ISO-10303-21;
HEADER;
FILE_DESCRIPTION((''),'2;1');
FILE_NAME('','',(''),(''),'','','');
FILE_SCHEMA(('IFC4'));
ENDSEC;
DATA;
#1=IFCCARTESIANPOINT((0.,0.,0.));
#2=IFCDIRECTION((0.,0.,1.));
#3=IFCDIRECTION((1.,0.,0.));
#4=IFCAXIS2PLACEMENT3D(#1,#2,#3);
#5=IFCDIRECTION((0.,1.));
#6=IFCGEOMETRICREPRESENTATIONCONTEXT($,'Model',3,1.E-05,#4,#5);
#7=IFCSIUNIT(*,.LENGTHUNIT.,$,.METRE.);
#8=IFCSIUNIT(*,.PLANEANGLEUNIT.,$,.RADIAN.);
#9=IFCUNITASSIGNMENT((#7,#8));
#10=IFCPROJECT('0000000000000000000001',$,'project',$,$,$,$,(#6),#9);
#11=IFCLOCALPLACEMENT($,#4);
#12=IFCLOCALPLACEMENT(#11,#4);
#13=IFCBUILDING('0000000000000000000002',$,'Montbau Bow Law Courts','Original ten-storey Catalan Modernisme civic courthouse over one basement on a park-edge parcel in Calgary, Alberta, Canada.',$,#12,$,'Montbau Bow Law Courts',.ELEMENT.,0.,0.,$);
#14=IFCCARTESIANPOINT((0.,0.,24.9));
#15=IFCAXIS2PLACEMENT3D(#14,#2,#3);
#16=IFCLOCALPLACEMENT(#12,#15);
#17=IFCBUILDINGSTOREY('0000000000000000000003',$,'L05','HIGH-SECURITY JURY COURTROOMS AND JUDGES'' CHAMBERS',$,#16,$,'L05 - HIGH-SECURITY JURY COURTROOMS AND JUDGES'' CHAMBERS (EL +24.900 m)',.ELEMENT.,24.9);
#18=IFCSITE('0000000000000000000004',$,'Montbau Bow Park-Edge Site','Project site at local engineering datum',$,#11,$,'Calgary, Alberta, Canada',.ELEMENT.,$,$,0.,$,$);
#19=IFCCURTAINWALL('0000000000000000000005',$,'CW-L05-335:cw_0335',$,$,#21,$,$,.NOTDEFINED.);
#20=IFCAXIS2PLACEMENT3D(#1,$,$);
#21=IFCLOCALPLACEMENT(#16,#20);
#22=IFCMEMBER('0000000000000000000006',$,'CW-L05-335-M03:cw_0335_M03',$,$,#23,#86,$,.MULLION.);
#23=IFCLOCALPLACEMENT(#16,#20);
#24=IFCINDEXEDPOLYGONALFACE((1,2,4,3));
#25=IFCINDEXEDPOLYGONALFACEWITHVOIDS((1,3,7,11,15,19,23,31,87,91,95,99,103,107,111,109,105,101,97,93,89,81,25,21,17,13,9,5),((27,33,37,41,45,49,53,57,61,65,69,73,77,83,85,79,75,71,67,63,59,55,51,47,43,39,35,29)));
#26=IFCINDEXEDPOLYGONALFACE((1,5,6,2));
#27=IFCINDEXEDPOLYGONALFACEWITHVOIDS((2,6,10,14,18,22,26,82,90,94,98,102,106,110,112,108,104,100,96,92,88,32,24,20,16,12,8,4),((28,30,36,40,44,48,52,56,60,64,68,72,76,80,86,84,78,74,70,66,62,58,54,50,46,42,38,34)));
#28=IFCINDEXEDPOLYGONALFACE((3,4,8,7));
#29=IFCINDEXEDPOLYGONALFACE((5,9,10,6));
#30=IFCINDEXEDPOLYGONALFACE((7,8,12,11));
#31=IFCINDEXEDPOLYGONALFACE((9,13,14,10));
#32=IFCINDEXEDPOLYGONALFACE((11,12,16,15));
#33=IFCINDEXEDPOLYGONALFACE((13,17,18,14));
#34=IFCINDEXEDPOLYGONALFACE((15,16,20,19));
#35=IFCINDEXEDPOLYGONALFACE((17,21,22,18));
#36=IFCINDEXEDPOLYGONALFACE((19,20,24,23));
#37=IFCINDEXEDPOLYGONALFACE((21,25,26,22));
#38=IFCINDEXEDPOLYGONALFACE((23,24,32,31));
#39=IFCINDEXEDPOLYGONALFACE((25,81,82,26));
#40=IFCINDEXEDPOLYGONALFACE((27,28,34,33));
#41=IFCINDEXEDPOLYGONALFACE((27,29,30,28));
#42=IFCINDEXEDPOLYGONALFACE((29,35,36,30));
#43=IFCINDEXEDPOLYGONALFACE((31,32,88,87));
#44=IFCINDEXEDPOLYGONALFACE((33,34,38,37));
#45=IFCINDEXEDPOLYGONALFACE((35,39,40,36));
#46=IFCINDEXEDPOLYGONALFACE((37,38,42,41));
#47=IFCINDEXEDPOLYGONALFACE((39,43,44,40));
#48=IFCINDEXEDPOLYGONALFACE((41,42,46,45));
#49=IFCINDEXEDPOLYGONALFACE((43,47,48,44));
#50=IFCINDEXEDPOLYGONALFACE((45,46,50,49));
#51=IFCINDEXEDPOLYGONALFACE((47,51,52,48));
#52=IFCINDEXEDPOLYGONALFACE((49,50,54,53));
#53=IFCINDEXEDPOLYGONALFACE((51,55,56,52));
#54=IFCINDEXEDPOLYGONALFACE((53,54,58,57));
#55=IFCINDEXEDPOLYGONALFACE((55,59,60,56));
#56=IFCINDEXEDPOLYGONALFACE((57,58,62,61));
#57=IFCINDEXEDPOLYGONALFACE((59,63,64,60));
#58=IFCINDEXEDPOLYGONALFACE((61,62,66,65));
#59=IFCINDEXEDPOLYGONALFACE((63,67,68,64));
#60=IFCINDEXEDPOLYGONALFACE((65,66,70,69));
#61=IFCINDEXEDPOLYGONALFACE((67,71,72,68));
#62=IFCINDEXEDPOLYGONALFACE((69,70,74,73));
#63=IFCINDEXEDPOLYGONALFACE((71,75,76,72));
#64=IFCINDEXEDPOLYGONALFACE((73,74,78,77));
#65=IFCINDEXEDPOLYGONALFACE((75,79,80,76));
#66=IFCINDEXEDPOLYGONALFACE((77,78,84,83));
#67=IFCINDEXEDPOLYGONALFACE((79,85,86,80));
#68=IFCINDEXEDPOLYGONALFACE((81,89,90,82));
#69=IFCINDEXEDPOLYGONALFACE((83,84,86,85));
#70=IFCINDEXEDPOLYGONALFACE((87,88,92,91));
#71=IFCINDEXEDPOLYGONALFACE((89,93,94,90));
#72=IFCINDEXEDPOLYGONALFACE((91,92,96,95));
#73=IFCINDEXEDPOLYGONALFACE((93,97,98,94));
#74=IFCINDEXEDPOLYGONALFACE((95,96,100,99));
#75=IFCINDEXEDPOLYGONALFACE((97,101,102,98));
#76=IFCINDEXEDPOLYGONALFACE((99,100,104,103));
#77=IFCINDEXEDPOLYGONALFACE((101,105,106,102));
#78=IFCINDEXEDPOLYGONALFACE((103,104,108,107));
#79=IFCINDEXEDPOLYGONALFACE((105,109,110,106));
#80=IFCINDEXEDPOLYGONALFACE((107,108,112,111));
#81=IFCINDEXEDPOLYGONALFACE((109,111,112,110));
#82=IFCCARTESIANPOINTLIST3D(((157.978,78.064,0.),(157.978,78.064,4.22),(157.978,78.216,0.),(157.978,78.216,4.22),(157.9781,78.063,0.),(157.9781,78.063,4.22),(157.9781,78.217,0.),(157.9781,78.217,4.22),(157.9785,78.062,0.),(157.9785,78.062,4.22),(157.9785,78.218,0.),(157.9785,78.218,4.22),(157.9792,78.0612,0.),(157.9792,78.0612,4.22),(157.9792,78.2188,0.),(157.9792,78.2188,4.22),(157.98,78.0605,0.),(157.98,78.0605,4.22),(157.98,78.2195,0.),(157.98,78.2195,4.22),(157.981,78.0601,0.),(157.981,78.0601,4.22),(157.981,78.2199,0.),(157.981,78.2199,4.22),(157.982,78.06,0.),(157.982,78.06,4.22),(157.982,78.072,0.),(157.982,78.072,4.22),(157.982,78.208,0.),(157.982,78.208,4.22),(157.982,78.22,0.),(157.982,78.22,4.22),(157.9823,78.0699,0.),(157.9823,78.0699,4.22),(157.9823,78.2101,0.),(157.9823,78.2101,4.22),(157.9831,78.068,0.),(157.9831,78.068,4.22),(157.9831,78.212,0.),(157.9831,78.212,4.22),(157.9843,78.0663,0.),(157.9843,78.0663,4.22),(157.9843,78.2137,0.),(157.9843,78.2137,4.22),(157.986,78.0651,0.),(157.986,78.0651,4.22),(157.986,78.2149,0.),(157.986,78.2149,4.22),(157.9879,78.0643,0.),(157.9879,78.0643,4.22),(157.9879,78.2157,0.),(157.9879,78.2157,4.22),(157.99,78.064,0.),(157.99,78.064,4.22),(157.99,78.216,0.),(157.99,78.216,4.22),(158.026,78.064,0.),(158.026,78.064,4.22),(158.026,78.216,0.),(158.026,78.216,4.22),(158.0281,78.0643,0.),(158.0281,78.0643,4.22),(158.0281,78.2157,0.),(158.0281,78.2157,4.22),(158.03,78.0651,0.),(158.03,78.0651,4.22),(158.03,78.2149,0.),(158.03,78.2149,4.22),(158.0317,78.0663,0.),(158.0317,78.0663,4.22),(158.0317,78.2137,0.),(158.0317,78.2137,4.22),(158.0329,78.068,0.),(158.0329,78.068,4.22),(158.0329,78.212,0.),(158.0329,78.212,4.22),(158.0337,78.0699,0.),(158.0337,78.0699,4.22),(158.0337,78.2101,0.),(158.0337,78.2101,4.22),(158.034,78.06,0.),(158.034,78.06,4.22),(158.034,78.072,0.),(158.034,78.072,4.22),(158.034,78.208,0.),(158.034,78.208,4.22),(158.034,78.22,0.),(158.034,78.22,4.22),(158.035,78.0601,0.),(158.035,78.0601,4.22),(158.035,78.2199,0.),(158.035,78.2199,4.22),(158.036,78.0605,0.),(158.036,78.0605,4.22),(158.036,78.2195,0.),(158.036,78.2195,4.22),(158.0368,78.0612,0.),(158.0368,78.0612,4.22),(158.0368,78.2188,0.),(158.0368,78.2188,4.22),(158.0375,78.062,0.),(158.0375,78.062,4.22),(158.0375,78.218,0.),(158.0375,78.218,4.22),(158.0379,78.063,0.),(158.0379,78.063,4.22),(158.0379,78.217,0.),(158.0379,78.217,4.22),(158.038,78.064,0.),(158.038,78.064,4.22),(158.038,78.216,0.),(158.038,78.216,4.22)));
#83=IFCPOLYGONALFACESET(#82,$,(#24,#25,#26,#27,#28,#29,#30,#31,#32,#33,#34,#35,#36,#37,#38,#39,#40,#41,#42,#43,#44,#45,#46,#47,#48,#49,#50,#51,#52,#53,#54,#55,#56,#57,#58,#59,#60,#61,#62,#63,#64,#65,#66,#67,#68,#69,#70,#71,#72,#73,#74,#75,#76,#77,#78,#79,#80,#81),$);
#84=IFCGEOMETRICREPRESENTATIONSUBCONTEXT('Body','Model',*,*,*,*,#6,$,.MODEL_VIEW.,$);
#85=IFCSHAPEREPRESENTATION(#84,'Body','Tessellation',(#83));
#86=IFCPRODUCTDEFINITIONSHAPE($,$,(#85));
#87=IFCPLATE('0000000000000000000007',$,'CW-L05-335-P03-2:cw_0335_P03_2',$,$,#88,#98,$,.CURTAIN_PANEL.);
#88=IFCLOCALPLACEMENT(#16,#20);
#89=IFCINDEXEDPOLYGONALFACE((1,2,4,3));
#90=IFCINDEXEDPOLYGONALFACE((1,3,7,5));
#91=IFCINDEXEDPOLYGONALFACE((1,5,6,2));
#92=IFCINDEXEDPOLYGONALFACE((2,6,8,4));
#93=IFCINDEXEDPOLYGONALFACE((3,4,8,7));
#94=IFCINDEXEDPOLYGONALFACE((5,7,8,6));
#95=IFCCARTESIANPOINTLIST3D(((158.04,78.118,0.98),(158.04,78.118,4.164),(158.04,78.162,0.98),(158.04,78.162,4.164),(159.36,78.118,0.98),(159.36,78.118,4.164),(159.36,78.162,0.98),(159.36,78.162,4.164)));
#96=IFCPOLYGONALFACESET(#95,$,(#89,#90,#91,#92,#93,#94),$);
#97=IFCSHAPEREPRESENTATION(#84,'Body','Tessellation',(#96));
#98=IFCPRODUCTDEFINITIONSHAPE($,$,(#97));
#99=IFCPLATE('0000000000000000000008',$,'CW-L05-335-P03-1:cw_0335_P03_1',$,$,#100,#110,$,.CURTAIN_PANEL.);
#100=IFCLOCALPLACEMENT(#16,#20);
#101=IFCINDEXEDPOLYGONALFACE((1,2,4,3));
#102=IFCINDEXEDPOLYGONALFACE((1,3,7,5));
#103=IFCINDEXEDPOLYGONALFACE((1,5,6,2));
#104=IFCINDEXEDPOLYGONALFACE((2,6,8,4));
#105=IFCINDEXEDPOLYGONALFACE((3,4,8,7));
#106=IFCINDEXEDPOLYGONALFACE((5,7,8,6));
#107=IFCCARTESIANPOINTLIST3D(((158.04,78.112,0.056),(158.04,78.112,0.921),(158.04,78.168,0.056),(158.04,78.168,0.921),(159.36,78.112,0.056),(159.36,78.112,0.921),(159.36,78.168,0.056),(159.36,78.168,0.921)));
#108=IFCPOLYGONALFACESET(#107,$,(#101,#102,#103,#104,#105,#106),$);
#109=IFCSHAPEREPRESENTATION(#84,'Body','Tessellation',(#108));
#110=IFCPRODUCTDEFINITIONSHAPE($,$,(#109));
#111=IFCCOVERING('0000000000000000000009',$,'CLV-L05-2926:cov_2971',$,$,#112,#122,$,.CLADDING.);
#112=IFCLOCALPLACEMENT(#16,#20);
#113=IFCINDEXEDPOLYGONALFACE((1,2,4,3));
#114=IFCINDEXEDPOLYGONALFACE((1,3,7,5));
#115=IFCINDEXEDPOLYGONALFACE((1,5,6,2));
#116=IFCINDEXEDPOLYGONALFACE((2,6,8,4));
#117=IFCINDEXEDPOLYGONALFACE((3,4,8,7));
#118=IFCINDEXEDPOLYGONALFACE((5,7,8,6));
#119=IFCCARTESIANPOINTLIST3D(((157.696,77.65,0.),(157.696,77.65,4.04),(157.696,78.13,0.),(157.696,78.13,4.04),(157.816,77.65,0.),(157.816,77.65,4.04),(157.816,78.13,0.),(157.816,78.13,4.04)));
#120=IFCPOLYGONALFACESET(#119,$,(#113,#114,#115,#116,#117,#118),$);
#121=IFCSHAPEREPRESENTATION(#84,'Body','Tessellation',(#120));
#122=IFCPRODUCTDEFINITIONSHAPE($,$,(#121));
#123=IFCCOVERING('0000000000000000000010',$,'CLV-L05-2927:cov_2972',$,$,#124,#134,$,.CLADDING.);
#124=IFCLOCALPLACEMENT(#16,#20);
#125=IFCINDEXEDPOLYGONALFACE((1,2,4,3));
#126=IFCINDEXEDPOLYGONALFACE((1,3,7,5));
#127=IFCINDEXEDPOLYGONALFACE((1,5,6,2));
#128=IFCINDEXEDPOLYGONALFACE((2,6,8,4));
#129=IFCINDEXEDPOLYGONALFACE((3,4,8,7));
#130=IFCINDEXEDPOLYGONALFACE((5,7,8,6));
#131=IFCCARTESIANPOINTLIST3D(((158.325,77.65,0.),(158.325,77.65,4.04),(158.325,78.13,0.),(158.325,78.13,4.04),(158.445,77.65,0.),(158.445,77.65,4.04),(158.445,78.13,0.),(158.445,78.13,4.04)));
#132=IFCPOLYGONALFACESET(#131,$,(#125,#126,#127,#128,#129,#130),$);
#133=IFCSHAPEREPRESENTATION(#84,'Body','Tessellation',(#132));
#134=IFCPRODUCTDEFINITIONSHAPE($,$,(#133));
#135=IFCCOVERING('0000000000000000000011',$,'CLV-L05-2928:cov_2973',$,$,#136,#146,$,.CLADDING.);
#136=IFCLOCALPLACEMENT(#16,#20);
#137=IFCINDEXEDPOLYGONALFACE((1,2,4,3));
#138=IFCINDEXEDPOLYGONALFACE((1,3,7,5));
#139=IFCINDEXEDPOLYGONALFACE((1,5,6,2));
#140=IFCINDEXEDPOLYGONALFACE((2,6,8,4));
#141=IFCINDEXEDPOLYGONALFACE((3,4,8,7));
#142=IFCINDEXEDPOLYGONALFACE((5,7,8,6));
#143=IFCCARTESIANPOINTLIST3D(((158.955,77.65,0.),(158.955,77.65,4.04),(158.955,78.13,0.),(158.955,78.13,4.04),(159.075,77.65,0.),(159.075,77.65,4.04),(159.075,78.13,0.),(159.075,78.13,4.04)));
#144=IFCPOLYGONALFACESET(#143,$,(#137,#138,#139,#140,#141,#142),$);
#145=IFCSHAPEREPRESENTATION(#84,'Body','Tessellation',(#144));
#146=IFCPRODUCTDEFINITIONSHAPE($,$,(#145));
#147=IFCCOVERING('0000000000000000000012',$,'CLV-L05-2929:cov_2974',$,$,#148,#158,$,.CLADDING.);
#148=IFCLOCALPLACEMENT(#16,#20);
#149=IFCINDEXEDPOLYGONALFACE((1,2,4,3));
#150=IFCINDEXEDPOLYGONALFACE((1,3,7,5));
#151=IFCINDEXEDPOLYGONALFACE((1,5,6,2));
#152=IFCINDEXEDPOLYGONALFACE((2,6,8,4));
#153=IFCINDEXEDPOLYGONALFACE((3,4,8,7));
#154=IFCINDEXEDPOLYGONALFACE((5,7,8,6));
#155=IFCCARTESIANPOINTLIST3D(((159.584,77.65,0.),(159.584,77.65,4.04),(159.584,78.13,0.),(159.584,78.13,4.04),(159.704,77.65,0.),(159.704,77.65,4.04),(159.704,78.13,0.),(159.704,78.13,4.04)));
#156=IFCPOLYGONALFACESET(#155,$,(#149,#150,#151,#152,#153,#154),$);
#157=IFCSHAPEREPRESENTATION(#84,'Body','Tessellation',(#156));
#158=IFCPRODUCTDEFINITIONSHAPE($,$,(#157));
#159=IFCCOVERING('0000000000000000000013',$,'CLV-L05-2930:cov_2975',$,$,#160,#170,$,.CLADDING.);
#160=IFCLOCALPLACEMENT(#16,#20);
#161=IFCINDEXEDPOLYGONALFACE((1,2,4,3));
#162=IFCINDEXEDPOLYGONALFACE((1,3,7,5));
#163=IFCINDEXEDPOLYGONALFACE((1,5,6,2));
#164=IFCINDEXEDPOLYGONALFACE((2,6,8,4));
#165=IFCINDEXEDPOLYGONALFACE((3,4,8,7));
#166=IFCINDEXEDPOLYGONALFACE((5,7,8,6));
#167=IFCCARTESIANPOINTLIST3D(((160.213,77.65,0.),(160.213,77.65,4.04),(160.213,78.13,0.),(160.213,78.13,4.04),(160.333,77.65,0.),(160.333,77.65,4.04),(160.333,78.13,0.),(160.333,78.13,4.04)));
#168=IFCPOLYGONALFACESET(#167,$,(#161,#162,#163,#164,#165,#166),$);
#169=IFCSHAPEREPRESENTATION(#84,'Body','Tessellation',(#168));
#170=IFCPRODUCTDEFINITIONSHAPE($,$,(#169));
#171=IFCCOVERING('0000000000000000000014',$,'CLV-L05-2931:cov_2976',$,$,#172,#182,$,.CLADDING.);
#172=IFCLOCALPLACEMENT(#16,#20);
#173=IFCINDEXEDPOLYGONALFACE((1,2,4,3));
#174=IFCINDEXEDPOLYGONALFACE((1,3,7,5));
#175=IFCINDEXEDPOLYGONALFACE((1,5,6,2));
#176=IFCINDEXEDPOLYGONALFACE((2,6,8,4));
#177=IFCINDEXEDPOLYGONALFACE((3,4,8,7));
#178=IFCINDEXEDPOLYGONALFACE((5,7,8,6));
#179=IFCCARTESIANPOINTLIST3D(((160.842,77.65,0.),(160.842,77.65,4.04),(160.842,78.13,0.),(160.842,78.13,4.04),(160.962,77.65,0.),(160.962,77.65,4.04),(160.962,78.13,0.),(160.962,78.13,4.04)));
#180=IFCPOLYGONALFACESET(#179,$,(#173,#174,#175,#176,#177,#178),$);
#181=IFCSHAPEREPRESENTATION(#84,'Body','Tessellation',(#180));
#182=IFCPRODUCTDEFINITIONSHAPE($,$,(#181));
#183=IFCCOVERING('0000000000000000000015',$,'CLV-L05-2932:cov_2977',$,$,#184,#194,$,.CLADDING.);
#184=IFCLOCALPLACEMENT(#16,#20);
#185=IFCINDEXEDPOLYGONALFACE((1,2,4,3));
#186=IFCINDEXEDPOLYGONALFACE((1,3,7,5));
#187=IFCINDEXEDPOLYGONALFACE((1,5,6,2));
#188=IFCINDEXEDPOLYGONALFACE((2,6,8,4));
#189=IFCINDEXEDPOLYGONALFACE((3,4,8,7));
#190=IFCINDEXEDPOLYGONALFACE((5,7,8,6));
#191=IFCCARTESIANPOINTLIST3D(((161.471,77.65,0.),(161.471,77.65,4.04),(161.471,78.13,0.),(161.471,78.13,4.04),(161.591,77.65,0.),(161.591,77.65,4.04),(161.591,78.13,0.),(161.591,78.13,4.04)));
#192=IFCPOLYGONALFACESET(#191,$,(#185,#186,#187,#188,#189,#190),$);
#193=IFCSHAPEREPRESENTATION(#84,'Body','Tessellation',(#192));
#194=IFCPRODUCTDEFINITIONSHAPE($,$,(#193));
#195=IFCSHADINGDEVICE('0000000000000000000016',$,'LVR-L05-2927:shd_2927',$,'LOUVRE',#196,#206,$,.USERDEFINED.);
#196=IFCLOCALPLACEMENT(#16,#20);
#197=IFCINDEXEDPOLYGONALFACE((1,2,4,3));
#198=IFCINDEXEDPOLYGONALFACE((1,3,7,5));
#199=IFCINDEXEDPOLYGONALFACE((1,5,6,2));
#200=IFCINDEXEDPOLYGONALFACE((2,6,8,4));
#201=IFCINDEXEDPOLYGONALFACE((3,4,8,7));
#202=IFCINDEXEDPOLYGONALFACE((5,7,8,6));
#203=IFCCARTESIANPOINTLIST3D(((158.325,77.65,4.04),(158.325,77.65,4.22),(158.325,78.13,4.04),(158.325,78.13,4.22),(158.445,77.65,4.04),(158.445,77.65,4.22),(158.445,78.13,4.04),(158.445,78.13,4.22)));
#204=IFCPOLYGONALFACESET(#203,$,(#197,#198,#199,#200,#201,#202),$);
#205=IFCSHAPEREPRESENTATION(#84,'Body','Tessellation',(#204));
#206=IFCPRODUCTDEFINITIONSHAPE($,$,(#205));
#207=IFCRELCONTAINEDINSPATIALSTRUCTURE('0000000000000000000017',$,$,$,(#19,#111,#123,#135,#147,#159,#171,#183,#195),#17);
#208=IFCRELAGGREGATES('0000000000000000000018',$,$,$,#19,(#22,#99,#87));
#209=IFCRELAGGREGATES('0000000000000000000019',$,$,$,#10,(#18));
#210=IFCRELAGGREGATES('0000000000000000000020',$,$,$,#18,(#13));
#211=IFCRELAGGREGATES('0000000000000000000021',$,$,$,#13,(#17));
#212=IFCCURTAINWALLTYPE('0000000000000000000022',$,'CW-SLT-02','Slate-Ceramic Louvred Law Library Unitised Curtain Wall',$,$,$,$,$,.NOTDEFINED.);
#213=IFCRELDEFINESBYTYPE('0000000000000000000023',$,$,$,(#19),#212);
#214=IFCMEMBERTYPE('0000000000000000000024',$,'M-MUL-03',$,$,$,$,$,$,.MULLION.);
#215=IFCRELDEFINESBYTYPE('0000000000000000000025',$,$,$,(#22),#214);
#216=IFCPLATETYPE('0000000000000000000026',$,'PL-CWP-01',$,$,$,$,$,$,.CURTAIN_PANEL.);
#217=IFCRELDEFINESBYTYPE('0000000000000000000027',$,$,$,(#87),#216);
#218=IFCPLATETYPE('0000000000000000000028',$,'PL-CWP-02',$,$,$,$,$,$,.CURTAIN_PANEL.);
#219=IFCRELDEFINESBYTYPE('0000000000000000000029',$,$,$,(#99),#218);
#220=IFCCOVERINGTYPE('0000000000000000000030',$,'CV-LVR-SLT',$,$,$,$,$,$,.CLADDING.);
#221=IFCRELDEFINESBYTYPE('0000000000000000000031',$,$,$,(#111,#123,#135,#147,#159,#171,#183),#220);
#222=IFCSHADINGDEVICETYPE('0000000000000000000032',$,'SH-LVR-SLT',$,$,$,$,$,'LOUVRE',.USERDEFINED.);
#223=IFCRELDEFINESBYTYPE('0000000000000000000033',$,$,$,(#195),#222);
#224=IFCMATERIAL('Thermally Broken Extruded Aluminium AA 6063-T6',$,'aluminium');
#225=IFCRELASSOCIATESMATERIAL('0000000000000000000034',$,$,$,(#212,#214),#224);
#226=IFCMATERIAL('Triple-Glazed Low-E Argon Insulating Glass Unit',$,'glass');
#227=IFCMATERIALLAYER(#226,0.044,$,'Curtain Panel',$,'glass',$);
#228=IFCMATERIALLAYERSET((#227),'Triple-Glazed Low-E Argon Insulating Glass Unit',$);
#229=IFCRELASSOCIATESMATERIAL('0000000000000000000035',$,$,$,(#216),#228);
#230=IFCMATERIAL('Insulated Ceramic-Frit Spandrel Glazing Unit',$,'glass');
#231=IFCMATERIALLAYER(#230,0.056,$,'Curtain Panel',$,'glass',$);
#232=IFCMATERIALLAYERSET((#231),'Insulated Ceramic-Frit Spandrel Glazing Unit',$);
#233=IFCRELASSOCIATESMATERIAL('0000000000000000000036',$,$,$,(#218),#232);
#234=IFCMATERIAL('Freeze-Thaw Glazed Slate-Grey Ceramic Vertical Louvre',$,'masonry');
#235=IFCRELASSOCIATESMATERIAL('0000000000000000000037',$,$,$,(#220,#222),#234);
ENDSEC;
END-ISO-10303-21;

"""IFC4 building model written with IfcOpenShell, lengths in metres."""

from ifc_helpers import new_model, si_unit, direction, frame, frame_2d, origin_with_axes, origin_2d_with_axis, place, context, subcontext, project, spatial, rectangle, hollow_rectangle, extrude, material, layer, layer_set, material_profile, profile_set, type_object, element, aggregate, save


model = new_model("IFC4")

# Units and contexts
model_context = context("Model", 3, precision=1e-05, world=origin_with_axes(), true_north=direction((0.0, 1.0)))
body_context = subcontext(model_context, "Body", "Model", "MODEL_VIEW")
ifc_project = project(units=[si_unit("LENGTHUNIT", "METRE"), si_unit("PLANEANGLEUNIT", "RADIAN")], contexts=[model_context])

# Site, building, storey
site_placement = place(None, origin_with_axes())
site = spatial("IfcSite", under=ifc_project, at=site_placement, Name="Montbau Bow Park-Edge Site", Description="Project site at local engineering datum", LongName="Calgary, Alberta, Canada", CompositionType="ELEMENT", RefElevation=0.0)
building_placement = place(site_placement, origin_with_axes())
building = spatial("IfcBuilding", under=site, at=building_placement, Name="Montbau Bow Law Courts", Description="Original ten-storey Catalan Modernisme civic courthouse over one basement on a park-edge parcel in Calgary, Alberta, Canada.", LongName="Montbau Bow Law Courts", CompositionType="ELEMENT", ElevationOfRefHeight=0.0, ElevationOfTerrain=0.0)
storey_placement = place(building_placement, frame((0.0, 0.0, 24.9), z_axis=(0.0, 0.0, 1.0), x_axis=(1.0, 0.0, 0.0)))
storey = spatial("IfcBuildingStorey", under=building, at=storey_placement, Name="L05", Description="HIGH-SECURITY JURY COURTROOMS AND JUDGES' CHAMBERS", LongName="L05 - HIGH-SECURITY JURY COURTROOMS AND JUDGES' CHAMBERS (EL +24.900 m)", CompositionType="ELEMENT", Elevation=24.9)

# Curtain wall, member, plates
ifc_material_1 = material(Name="Thermally Broken Extruded Aluminium AA 6063-T6", Category="aluminium")
curtain_wall_type = type_object("IfcCurtainWallType", Name="CW-SLT-02", Description="Slate-Ceramic Louvred Law Library Unitised Curtain Wall", PredefinedType="NOTDEFINED", material=ifc_material_1)
curtain_wall_placement = place(None, frame((155.24, 78.14, 24.9), z_axis=(0.0, 0.0, 1.0), x_axis=(1.0, 0.0, 0.0)))
curtain_wall = element("IfcCurtainWall", 1, at=curtain_wall_placement, inside=storey, type_object=curtain_wall_type, Name="CW-L05-335:cw_0335", PredefinedType="NOTDEFINED")
ifc_material_profile_1 = material_profile(ifc_material_1, hollow_rectangle(XDim=0.06, YDim=0.16, WallThickness=0.004, InnerFilletRadius=0.008, OuterFilletRadius=0.004, at=origin_2d_with_axis()), Name="CWM-160X60", Category="Main", Priority=0)
ifc_profile_set_1 = profile_set([ifc_material_profile_1], Name="Thermally Broken Extruded Aluminium AA 6063-T6")
member_type = type_object("IfcMemberType", Name="M-MUL-03", PredefinedType="MULLION", material=ifc_profile_set_1)
member_placement = place(None, frame((158.008, 78.14, 24.9), z_axis=(0.0, 0.0, 1.0), x_axis=(1.0, 0.0, 0.0)))
member = element("IfcMember", 2, at=member_placement, type_object=member_type, Name="CW-L05-335-M03:cw_0335_M03", PredefinedType="MULLION", context=body_context, shape_type="SweptSolid", body=[
    extrude(hollow_rectangle(XDim=0.06, YDim=0.16, WallThickness=0.004, InnerFilletRadius=0.008, OuterFilletRadius=0.004, at=origin_2d_with_axis()), origin_with_axes(), (0.0, 0.0, 1.0), 4.22),
])
ifc_material_2 = material(Name="Triple-Glazed Low-E Argon Insulating Glass Unit", Category="glass")
ifc_layer_1 = layer(ifc_material_2, 0.044, Name="Curtain Panel", Category="glass")
ifc_layer_set_1 = layer_set([ifc_layer_1], Name="Triple-Glazed Low-E Argon Insulating Glass Unit")
plate_type_1 = type_object("IfcPlateType", Name="PL-CWP-01", PredefinedType="CURTAIN_PANEL", material=ifc_layer_set_1)
plate_1_placement = place(None, frame((158.04, 78.14, 25.88), z_axis=(0.0, -1.0, 0.0), x_axis=(1.0, 0.0, 0.0)))
plate_1 = element("IfcPlate", 3, at=plate_1_placement, type_object=plate_type_1, Name="CW-L05-335-P03-2:cw_0335_P03_2", PredefinedType="CURTAIN_PANEL", context=body_context, shape_type="SweptSolid", body=[
    extrude(rectangle(XDim=1.32, YDim=3.184, at=frame_2d((0.66, 1.592), x_axis=(1.0, 0.0))), frame((0.0, 0.0, -0.022), z_axis=(0.0, 0.0, 1.0), x_axis=(1.0, 0.0, 0.0)), (0.0, 0.0, 1.0), 0.044),
])
ifc_material_3 = material(Name="Insulated Ceramic-Frit Spandrel Glazing Unit", Category="glass")
ifc_layer_2 = layer(ifc_material_3, 0.056, Name="Curtain Panel", Category="glass")
ifc_layer_set_2 = layer_set([ifc_layer_2], Name="Insulated Ceramic-Frit Spandrel Glazing Unit")
plate_type_2 = type_object("IfcPlateType", Name="PL-CWP-02", PredefinedType="CURTAIN_PANEL", material=ifc_layer_set_2)
plate_2_placement = place(None, frame((158.04, 78.14, 24.956), z_axis=(0.0, -1.0, 0.0), x_axis=(1.0, 0.0, 0.0)))
plate_2 = element("IfcPlate", 4, at=plate_2_placement, type_object=plate_type_2, Name="CW-L05-335-P03-1:cw_0335_P03_1", PredefinedType="CURTAIN_PANEL", context=body_context, shape_type="SweptSolid", body=[
    extrude(rectangle(XDim=1.32, YDim=0.865, at=frame_2d((0.66, 0.4325), x_axis=(1.0, 0.0))), frame((0.0, 0.0, -0.028), z_axis=(0.0, 0.0, 1.0), x_axis=(1.0, 0.0, 0.0)), (0.0, 0.0, 1.0), 0.056),
])
aggregate(curtain_wall, [member, plate_2, plate_1])

# Coverings
ifc_material_4 = material(Name="Freeze-Thaw Glazed Slate-Grey Ceramic Vertical Louvre", Category="masonry")
covering_type = type_object("IfcCoveringType", Name="CV-LVR-SLT", PredefinedType="CLADDING", material=ifc_material_4)
for number, where, z_axis, x_axis, name in (
    (5, (157.756, 78.13, 24.9), (-1.0, 0.0, 0.0), (0.0, -1.0, 0.0), "CLV-L05-2926:cov_2971"),
    (6, (158.385, 78.13, 24.9), (-1.0, 0.0, 0.0), (0.0, -1.0, 0.0), "CLV-L05-2927:cov_2972"),
    (7, (159.015, 78.13, 24.9), (-1.0, 0.0, 0.0), (0.0, -1.0, 0.0), "CLV-L05-2928:cov_2973"),
    (8, (159.644, 78.13, 24.9), (-1.0, 0.0, 0.0), (0.0, -1.0, 0.0), "CLV-L05-2929:cov_2974"),
    (9, (160.273, 78.13, 24.9), (-1.0, 0.0, 0.0), (0.0, -1.0, 0.0), "CLV-L05-2930:cov_2975"),
    (10, (160.902, 78.13, 24.9), (-1.0, 0.0, 0.0), (0.0, -1.0, 0.0), "CLV-L05-2931:cov_2976"),
    (11, (161.531, 78.13, 24.9), (-1.0, 0.0, 0.0), (0.0, -1.0, 0.0), "CLV-L05-2932:cov_2977"),
):
    element("IfcCovering", number, at=place(None, frame(where, z_axis=z_axis, x_axis=x_axis)), inside=storey, type_object=covering_type, Name=name, PredefinedType="CLADDING", context=body_context, shape_type="SweptSolid", body=[
        extrude(rectangle(XDim=0.48, YDim=4.04, at=frame_2d((0.24, 2.02), x_axis=(1.0, 0.0))), frame((0.0, 0.0, -0.06), z_axis=(0.0, 0.0, 1.0), x_axis=(1.0, 0.0, 0.0)), (0.0, 0.0, 1.0), 0.12),
    ])

# Shading device
shading_device_type = type_object("IfcShadingDeviceType", Name="SH-LVR-SLT", ElementType="LOUVRE", PredefinedType="USERDEFINED", material=ifc_material_4)
for number, where, z_axis, x_axis, name in (
    (12, (158.385, 77.89, 28.94), (0.0, 0.0, 1.0), (0.0, -1.0, 0.0), "LVR-L05-2927:shd_2927"),
):
    element("IfcShadingDevice", number, at=place(None, frame(where, z_axis=z_axis, x_axis=x_axis)), inside=storey, type_object=shading_device_type, Name=name, ObjectType="LOUVRE", PredefinedType="USERDEFINED", context=body_context, shape_type="SweptSolid", body=[
        extrude(rectangle(XDim=0.48, YDim=0.12, at=origin_2d_with_axis()), origin_with_axes(), (0.0, 0.0, 1.0), 0.18),
    ])

save(model, "model.ifc")
